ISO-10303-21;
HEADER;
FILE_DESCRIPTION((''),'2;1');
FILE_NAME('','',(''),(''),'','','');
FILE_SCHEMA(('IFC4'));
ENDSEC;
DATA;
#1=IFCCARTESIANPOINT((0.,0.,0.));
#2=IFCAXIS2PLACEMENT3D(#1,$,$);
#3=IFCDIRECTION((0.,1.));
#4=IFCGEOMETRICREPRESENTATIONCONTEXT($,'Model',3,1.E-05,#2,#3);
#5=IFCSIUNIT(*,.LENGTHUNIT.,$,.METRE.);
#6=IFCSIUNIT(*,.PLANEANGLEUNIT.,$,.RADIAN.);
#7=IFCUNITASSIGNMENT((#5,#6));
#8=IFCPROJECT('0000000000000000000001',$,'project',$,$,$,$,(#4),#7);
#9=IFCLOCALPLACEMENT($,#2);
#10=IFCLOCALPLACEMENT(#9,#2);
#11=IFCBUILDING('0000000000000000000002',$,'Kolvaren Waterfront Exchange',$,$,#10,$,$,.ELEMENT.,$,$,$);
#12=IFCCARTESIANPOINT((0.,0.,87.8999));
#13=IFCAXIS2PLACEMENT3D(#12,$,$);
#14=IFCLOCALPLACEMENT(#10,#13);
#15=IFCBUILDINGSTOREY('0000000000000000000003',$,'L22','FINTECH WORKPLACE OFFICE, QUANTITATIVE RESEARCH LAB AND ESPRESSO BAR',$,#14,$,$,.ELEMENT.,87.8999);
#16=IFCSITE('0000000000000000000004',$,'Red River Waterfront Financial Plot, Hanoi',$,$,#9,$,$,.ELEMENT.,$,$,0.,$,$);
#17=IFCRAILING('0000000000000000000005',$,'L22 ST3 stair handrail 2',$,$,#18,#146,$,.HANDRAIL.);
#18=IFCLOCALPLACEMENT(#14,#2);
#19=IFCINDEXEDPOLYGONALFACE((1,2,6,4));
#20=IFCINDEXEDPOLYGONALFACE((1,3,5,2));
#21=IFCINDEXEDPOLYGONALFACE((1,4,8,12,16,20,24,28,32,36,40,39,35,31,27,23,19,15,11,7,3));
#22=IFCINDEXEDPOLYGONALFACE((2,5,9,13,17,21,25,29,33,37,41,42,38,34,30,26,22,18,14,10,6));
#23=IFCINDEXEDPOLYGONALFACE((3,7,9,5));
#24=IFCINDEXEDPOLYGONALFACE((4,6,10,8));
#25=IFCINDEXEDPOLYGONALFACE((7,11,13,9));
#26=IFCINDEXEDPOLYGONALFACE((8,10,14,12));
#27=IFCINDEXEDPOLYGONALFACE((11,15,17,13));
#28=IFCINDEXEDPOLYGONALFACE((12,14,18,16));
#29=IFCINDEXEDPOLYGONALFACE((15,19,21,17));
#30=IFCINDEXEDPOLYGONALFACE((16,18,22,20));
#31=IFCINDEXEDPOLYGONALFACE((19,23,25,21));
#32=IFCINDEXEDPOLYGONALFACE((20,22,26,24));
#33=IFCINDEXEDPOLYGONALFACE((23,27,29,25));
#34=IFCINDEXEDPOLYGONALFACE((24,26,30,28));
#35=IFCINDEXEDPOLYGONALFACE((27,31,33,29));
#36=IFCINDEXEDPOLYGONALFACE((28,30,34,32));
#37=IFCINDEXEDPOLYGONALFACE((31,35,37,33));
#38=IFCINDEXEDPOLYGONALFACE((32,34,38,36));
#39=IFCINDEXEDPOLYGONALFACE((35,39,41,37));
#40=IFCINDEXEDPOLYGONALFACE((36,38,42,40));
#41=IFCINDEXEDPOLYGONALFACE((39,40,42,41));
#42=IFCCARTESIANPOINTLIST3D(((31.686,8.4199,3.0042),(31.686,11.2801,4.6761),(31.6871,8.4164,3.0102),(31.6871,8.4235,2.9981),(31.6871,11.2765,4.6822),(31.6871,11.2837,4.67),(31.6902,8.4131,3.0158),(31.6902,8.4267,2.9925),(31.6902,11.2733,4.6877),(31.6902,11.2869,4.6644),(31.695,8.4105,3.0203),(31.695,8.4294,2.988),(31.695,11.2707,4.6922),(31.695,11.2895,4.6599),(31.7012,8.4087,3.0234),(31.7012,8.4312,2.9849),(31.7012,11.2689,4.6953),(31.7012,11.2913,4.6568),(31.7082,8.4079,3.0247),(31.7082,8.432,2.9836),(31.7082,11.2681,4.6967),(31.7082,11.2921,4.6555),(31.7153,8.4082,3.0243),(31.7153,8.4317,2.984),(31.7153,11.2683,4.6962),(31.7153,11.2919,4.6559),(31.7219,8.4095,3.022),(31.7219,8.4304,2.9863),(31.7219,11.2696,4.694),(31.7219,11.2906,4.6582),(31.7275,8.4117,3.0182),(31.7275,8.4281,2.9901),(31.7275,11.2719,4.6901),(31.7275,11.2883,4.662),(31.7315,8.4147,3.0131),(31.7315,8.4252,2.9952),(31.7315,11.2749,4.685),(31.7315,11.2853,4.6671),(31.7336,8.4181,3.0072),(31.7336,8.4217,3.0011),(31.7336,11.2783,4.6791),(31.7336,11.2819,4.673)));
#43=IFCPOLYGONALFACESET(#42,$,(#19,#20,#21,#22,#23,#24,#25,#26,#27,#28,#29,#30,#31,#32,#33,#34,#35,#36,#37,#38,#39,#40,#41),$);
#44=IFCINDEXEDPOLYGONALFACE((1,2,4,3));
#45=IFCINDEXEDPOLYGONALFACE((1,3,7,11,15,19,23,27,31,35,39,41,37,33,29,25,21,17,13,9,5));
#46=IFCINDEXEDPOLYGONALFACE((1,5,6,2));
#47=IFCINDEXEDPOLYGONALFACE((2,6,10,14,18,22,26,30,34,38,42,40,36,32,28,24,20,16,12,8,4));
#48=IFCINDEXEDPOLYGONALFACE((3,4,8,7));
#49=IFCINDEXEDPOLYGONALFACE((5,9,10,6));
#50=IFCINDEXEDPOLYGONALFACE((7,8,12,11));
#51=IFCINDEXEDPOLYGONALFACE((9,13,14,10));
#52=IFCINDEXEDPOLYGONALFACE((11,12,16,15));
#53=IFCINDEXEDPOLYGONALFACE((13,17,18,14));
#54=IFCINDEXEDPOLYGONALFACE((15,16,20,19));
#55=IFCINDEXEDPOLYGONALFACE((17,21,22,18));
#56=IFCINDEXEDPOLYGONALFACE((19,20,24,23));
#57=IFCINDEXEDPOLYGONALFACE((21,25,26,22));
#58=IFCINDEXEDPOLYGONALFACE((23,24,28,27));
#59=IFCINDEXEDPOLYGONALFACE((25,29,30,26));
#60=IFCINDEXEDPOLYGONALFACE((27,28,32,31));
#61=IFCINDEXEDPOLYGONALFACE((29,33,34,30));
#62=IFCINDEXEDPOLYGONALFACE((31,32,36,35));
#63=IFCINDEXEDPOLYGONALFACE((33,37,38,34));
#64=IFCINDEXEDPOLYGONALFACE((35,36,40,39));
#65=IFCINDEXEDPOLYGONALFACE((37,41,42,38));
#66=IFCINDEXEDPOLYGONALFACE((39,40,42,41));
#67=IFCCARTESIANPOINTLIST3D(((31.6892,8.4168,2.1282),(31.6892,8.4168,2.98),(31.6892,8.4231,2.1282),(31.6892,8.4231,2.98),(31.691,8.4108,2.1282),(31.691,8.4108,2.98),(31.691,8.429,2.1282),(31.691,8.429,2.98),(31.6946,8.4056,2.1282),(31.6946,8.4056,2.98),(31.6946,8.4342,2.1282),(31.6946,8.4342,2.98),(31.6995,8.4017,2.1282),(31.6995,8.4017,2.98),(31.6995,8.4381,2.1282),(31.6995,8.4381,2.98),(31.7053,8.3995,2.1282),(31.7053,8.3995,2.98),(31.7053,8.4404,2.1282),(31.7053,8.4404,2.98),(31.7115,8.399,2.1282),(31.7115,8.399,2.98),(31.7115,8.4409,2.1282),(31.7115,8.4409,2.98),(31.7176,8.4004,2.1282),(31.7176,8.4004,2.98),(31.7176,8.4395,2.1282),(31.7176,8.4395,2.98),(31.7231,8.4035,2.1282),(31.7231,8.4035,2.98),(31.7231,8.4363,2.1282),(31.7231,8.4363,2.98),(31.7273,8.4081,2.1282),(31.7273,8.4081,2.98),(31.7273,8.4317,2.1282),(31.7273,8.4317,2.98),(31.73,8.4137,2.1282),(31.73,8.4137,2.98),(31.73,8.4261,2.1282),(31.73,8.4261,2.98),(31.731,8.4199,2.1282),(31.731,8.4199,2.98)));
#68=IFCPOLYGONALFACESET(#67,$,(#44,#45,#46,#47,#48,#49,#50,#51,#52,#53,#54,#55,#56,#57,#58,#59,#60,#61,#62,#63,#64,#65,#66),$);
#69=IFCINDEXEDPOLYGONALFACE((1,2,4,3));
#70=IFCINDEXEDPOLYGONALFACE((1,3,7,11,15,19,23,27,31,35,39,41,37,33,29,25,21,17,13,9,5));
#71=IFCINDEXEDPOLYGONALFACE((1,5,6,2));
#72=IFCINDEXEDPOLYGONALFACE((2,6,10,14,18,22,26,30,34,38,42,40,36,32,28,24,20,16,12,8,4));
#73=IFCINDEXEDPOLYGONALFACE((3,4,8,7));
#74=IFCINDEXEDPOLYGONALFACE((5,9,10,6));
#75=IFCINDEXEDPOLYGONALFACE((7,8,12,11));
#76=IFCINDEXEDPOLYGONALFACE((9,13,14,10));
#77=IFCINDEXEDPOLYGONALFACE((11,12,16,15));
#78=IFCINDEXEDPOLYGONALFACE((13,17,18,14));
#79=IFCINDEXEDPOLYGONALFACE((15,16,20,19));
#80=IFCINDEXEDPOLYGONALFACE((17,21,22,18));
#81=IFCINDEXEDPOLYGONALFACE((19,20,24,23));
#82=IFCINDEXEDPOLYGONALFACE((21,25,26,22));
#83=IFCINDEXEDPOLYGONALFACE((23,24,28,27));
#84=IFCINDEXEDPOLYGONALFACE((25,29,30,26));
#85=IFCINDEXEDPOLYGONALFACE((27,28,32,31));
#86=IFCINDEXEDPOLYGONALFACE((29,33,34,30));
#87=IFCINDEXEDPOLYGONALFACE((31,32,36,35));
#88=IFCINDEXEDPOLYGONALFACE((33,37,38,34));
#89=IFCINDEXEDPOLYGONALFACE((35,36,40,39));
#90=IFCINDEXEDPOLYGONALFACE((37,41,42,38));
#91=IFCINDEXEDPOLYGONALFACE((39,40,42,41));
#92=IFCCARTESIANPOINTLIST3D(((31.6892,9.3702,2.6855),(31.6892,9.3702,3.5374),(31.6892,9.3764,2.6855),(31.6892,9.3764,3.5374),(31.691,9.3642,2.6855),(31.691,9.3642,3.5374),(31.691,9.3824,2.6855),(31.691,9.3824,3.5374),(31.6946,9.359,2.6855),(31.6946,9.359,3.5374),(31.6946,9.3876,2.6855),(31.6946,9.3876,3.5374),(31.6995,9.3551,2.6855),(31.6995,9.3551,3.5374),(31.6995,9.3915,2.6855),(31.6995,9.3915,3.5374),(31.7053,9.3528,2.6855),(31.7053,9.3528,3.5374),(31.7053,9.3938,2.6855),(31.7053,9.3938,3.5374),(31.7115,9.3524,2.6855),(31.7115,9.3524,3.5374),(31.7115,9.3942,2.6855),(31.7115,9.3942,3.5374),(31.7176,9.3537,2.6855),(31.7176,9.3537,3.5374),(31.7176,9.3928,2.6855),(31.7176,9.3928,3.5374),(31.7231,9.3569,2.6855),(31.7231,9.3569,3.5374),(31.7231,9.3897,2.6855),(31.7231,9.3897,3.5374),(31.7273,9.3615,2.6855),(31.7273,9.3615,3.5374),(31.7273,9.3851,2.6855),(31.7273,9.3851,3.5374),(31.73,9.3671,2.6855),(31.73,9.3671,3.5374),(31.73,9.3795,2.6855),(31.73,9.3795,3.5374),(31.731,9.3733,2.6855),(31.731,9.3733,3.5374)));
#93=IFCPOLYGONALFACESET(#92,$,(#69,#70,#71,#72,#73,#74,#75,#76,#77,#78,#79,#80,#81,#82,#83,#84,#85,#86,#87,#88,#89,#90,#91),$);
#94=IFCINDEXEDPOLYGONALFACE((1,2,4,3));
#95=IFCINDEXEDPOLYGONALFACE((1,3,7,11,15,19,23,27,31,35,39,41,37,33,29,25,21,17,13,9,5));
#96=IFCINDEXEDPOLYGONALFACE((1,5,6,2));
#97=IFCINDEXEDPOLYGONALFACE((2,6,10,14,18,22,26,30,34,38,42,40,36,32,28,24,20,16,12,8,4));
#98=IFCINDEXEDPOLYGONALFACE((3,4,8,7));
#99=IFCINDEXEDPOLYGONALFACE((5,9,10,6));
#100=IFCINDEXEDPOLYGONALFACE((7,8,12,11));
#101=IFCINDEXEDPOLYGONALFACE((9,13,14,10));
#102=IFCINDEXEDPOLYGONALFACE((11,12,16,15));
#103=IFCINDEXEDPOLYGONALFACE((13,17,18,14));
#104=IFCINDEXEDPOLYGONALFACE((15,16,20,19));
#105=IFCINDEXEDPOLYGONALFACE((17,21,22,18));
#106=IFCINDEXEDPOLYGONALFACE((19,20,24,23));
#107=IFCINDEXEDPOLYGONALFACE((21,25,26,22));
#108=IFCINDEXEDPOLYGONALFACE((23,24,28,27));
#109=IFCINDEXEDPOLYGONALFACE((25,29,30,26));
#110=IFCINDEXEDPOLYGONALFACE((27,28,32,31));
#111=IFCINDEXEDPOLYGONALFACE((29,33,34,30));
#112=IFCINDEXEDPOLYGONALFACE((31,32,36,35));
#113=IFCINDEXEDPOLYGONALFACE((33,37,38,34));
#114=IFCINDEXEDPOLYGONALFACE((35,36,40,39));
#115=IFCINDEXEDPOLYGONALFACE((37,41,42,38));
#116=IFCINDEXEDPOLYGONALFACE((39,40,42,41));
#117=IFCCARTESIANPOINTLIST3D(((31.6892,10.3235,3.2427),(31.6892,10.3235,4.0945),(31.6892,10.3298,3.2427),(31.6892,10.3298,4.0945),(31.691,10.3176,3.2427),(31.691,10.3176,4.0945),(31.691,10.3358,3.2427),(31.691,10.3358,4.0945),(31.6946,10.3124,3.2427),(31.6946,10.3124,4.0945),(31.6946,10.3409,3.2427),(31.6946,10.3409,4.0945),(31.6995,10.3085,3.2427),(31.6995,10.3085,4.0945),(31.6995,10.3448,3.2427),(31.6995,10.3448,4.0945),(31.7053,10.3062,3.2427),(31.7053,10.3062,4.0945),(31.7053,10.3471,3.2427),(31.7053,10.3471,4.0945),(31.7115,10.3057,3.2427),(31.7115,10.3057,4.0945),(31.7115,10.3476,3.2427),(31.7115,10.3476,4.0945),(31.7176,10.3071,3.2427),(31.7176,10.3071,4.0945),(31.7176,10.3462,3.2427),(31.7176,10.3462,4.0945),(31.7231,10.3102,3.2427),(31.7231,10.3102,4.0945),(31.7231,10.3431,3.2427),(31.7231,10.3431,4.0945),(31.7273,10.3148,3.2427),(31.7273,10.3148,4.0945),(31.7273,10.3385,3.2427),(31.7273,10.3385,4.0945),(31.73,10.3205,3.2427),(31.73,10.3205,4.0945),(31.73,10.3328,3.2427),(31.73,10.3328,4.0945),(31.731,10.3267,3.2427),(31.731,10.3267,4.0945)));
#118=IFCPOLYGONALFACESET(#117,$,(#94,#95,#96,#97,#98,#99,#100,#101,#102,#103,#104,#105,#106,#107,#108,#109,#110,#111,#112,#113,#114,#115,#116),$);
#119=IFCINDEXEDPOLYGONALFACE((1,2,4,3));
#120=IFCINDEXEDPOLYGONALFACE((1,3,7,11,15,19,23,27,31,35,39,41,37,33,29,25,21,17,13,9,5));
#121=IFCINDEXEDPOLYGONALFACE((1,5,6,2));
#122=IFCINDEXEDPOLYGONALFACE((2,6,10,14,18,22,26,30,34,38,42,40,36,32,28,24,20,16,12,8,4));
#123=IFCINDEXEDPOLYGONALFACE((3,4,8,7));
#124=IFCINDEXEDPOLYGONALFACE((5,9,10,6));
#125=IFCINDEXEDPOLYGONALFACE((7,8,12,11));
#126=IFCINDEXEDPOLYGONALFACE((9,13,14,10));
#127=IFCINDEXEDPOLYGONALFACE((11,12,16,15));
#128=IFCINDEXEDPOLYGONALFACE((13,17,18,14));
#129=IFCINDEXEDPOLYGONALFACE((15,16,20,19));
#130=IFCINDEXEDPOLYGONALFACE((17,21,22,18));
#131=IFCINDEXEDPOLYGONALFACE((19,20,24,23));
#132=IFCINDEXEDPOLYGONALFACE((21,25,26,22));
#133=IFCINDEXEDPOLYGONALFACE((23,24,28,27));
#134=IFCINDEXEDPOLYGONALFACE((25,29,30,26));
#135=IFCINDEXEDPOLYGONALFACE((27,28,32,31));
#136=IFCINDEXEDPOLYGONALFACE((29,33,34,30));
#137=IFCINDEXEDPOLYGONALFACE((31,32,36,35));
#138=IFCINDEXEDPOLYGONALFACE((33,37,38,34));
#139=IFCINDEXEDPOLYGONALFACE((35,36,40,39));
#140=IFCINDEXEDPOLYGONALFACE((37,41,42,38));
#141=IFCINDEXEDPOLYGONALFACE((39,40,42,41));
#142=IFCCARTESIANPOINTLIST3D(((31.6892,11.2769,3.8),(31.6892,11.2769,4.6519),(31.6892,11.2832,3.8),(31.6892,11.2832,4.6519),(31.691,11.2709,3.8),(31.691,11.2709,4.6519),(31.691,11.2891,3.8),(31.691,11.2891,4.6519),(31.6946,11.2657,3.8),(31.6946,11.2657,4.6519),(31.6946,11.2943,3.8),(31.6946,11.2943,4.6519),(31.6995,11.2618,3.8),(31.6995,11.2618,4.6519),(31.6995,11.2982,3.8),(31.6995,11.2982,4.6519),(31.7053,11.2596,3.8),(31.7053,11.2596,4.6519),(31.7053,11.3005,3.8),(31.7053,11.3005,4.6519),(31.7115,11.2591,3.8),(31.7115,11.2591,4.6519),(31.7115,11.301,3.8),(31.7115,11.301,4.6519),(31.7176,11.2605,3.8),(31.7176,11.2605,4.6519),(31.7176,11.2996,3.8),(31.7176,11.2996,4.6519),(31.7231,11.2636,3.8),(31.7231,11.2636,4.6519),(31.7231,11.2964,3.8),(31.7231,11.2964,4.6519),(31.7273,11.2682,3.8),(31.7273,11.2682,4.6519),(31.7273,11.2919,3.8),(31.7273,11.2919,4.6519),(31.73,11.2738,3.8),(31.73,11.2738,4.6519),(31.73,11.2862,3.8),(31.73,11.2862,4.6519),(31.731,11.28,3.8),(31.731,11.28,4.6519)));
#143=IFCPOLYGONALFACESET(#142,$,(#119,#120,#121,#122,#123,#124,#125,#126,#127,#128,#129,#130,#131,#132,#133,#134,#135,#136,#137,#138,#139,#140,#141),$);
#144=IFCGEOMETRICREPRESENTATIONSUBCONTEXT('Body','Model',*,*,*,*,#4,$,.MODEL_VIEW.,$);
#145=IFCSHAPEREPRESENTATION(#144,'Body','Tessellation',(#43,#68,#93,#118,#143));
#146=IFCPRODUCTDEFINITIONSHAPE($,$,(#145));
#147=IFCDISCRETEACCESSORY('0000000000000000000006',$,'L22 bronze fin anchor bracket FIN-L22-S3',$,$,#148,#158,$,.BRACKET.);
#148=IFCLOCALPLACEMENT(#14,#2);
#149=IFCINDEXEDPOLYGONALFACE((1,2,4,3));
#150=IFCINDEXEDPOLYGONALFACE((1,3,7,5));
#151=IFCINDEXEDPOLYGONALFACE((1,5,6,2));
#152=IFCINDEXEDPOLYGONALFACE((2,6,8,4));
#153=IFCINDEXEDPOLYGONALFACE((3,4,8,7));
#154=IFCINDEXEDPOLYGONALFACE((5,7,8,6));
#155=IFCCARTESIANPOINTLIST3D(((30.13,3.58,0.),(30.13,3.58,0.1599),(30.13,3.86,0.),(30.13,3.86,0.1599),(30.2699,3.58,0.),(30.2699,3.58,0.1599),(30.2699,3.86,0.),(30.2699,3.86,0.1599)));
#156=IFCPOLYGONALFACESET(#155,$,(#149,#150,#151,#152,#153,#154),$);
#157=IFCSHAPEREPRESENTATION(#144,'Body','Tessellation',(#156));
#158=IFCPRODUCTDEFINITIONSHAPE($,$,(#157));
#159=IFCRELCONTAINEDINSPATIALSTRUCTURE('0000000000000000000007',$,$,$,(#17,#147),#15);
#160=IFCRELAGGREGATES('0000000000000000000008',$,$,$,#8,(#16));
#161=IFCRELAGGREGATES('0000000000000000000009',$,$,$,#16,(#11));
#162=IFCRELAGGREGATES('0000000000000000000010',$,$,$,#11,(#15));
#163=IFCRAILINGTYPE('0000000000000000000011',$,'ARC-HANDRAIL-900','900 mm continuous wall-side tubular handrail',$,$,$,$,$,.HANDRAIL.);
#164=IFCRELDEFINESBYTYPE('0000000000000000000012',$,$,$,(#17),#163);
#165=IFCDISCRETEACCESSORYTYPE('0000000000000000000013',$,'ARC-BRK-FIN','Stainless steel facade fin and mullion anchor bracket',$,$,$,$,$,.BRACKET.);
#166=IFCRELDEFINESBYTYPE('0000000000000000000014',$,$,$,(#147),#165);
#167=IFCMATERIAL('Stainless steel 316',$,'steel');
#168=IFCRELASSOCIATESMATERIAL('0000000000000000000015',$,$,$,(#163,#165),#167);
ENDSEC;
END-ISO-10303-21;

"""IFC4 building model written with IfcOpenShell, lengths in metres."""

from ifc_helpers import new_model, si_unit, direction, frame, origin, origin_with_axes, origin_2d, place, context, subcontext, project, spatial, rectangle, circle, extrude, source, transform, mapped, material, type_object, element, save


model = new_model("IFC4")

# Units and contexts
model_context = context("Model", 3, precision=1e-05, world=origin(), true_north=direction((0.0, 1.0)))
body_context = subcontext(model_context, "Body", "Model", "MODEL_VIEW")
ifc_project = project(units=[si_unit("LENGTHUNIT", "METRE"), si_unit("PLANEANGLEUNIT", "RADIAN")], contexts=[model_context])

# Site, building, storey
site_placement = place(None, origin())
site = spatial("IfcSite", under=ifc_project, at=site_placement, Name="Red River Waterfront Financial Plot, Hanoi", CompositionType="ELEMENT", RefElevation=0.0)
building_placement = place(site_placement, origin())
building = spatial("IfcBuilding", under=site, at=building_placement, Name="Kolvaren Waterfront Exchange", CompositionType="ELEMENT")
storey_placement = place(building_placement, frame((0.0, 0.0, 87.8999)))
storey = spatial("IfcBuildingStorey", under=building, at=storey_placement, Name="L22", Description="FINTECH WORKPLACE OFFICE, QUANTITATIVE RESEARCH LAB AND ESPRESSO BAR", CompositionType="ELEMENT", Elevation=87.8999)

# Railing
ifc_material_1 = material(Name="Stainless steel 316", Category="steel")
railing_type_1 = type_object("IfcRailingType", Name="ARC-HANDRAIL-900", Description="900 mm continuous wall-side tubular handrail", PredefinedType="HANDRAIL", material=ifc_material_1)
railing_1_placement = place(storey_placement, frame((31.71, 8.4199, 2.1282)))
element("IfcRailing", 1, at=railing_1_placement, inside=storey, type_object=railing_type_1, Name="L22 ST3 stair handrail 2", PredefinedType="HANDRAIL", context=body_context, shape_type="SweptSolid", body=[
    extrude(circle(Radius=0.0239, at=origin_2d()), frame((0.0, 0.0, 0.876), z_axis=(0.0, 0.863321, 0.504654), x_axis=(-1.0, 0.0, 0.0)), (0.0, 0.0, 1.0), 3.313),
    extrude(circle(Radius=0.021, at=origin_2d()), origin(), (0.0, 0.0, 1.0), 0.8518),
    extrude(circle(Radius=0.021, at=origin_2d()), frame((0.0, 0.9534, 0.5574)), (0.0, 0.0, 1.0), 0.8518),
    extrude(circle(Radius=0.021, at=origin_2d()), frame((0.0, 1.9067, 1.1145)), (0.0, 0.0, 1.0), 0.8518),
    extrude(circle(Radius=0.021, at=origin_2d()), frame((0.0, 2.8601, 1.6719)), (0.0, 0.0, 1.0), 0.8518),
])

# Discrete accessory
discrete_accessory_type = type_object("IfcDiscreteAccessoryType", Name="ARC-BRK-FIN", Description="Stainless steel facade fin and mullion anchor bracket", PredefinedType="BRACKET", material=ifc_material_1)
shared_shape_1 = source(origin_with_axes(), body_context, "Body", "SweptSolid", [
    extrude(rectangle(XDim=0.28, YDim=0.1399, at=origin_2d()), origin(), (0.0, 0.0, 1.0), 0.1599),
])
discrete_accessory_placement = place(storey_placement, frame((30.2, 3.72, 0.0), z_axis=(0.0, 0.0, 1.0), x_axis=(0.0, -1.0, 0.0)))
element("IfcDiscreteAccessory", 2, at=discrete_accessory_placement, inside=storey, type_object=discrete_accessory_type, Name="L22 bronze fin anchor bracket FIN-L22-S3", PredefinedType="BRACKET", context=body_context, shape_type="MappedRepresentation", body=[
    mapped(shared_shape_1, transform((0.0, 0.0, 0.0), x_axis=(1.0, 0.0, 0.0), y_axis=(0.0, 1.0, 0.0), z_axis=(0.0, 0.0, 1.0), scale=1.0)),
])

save(model, "model.ifc")
